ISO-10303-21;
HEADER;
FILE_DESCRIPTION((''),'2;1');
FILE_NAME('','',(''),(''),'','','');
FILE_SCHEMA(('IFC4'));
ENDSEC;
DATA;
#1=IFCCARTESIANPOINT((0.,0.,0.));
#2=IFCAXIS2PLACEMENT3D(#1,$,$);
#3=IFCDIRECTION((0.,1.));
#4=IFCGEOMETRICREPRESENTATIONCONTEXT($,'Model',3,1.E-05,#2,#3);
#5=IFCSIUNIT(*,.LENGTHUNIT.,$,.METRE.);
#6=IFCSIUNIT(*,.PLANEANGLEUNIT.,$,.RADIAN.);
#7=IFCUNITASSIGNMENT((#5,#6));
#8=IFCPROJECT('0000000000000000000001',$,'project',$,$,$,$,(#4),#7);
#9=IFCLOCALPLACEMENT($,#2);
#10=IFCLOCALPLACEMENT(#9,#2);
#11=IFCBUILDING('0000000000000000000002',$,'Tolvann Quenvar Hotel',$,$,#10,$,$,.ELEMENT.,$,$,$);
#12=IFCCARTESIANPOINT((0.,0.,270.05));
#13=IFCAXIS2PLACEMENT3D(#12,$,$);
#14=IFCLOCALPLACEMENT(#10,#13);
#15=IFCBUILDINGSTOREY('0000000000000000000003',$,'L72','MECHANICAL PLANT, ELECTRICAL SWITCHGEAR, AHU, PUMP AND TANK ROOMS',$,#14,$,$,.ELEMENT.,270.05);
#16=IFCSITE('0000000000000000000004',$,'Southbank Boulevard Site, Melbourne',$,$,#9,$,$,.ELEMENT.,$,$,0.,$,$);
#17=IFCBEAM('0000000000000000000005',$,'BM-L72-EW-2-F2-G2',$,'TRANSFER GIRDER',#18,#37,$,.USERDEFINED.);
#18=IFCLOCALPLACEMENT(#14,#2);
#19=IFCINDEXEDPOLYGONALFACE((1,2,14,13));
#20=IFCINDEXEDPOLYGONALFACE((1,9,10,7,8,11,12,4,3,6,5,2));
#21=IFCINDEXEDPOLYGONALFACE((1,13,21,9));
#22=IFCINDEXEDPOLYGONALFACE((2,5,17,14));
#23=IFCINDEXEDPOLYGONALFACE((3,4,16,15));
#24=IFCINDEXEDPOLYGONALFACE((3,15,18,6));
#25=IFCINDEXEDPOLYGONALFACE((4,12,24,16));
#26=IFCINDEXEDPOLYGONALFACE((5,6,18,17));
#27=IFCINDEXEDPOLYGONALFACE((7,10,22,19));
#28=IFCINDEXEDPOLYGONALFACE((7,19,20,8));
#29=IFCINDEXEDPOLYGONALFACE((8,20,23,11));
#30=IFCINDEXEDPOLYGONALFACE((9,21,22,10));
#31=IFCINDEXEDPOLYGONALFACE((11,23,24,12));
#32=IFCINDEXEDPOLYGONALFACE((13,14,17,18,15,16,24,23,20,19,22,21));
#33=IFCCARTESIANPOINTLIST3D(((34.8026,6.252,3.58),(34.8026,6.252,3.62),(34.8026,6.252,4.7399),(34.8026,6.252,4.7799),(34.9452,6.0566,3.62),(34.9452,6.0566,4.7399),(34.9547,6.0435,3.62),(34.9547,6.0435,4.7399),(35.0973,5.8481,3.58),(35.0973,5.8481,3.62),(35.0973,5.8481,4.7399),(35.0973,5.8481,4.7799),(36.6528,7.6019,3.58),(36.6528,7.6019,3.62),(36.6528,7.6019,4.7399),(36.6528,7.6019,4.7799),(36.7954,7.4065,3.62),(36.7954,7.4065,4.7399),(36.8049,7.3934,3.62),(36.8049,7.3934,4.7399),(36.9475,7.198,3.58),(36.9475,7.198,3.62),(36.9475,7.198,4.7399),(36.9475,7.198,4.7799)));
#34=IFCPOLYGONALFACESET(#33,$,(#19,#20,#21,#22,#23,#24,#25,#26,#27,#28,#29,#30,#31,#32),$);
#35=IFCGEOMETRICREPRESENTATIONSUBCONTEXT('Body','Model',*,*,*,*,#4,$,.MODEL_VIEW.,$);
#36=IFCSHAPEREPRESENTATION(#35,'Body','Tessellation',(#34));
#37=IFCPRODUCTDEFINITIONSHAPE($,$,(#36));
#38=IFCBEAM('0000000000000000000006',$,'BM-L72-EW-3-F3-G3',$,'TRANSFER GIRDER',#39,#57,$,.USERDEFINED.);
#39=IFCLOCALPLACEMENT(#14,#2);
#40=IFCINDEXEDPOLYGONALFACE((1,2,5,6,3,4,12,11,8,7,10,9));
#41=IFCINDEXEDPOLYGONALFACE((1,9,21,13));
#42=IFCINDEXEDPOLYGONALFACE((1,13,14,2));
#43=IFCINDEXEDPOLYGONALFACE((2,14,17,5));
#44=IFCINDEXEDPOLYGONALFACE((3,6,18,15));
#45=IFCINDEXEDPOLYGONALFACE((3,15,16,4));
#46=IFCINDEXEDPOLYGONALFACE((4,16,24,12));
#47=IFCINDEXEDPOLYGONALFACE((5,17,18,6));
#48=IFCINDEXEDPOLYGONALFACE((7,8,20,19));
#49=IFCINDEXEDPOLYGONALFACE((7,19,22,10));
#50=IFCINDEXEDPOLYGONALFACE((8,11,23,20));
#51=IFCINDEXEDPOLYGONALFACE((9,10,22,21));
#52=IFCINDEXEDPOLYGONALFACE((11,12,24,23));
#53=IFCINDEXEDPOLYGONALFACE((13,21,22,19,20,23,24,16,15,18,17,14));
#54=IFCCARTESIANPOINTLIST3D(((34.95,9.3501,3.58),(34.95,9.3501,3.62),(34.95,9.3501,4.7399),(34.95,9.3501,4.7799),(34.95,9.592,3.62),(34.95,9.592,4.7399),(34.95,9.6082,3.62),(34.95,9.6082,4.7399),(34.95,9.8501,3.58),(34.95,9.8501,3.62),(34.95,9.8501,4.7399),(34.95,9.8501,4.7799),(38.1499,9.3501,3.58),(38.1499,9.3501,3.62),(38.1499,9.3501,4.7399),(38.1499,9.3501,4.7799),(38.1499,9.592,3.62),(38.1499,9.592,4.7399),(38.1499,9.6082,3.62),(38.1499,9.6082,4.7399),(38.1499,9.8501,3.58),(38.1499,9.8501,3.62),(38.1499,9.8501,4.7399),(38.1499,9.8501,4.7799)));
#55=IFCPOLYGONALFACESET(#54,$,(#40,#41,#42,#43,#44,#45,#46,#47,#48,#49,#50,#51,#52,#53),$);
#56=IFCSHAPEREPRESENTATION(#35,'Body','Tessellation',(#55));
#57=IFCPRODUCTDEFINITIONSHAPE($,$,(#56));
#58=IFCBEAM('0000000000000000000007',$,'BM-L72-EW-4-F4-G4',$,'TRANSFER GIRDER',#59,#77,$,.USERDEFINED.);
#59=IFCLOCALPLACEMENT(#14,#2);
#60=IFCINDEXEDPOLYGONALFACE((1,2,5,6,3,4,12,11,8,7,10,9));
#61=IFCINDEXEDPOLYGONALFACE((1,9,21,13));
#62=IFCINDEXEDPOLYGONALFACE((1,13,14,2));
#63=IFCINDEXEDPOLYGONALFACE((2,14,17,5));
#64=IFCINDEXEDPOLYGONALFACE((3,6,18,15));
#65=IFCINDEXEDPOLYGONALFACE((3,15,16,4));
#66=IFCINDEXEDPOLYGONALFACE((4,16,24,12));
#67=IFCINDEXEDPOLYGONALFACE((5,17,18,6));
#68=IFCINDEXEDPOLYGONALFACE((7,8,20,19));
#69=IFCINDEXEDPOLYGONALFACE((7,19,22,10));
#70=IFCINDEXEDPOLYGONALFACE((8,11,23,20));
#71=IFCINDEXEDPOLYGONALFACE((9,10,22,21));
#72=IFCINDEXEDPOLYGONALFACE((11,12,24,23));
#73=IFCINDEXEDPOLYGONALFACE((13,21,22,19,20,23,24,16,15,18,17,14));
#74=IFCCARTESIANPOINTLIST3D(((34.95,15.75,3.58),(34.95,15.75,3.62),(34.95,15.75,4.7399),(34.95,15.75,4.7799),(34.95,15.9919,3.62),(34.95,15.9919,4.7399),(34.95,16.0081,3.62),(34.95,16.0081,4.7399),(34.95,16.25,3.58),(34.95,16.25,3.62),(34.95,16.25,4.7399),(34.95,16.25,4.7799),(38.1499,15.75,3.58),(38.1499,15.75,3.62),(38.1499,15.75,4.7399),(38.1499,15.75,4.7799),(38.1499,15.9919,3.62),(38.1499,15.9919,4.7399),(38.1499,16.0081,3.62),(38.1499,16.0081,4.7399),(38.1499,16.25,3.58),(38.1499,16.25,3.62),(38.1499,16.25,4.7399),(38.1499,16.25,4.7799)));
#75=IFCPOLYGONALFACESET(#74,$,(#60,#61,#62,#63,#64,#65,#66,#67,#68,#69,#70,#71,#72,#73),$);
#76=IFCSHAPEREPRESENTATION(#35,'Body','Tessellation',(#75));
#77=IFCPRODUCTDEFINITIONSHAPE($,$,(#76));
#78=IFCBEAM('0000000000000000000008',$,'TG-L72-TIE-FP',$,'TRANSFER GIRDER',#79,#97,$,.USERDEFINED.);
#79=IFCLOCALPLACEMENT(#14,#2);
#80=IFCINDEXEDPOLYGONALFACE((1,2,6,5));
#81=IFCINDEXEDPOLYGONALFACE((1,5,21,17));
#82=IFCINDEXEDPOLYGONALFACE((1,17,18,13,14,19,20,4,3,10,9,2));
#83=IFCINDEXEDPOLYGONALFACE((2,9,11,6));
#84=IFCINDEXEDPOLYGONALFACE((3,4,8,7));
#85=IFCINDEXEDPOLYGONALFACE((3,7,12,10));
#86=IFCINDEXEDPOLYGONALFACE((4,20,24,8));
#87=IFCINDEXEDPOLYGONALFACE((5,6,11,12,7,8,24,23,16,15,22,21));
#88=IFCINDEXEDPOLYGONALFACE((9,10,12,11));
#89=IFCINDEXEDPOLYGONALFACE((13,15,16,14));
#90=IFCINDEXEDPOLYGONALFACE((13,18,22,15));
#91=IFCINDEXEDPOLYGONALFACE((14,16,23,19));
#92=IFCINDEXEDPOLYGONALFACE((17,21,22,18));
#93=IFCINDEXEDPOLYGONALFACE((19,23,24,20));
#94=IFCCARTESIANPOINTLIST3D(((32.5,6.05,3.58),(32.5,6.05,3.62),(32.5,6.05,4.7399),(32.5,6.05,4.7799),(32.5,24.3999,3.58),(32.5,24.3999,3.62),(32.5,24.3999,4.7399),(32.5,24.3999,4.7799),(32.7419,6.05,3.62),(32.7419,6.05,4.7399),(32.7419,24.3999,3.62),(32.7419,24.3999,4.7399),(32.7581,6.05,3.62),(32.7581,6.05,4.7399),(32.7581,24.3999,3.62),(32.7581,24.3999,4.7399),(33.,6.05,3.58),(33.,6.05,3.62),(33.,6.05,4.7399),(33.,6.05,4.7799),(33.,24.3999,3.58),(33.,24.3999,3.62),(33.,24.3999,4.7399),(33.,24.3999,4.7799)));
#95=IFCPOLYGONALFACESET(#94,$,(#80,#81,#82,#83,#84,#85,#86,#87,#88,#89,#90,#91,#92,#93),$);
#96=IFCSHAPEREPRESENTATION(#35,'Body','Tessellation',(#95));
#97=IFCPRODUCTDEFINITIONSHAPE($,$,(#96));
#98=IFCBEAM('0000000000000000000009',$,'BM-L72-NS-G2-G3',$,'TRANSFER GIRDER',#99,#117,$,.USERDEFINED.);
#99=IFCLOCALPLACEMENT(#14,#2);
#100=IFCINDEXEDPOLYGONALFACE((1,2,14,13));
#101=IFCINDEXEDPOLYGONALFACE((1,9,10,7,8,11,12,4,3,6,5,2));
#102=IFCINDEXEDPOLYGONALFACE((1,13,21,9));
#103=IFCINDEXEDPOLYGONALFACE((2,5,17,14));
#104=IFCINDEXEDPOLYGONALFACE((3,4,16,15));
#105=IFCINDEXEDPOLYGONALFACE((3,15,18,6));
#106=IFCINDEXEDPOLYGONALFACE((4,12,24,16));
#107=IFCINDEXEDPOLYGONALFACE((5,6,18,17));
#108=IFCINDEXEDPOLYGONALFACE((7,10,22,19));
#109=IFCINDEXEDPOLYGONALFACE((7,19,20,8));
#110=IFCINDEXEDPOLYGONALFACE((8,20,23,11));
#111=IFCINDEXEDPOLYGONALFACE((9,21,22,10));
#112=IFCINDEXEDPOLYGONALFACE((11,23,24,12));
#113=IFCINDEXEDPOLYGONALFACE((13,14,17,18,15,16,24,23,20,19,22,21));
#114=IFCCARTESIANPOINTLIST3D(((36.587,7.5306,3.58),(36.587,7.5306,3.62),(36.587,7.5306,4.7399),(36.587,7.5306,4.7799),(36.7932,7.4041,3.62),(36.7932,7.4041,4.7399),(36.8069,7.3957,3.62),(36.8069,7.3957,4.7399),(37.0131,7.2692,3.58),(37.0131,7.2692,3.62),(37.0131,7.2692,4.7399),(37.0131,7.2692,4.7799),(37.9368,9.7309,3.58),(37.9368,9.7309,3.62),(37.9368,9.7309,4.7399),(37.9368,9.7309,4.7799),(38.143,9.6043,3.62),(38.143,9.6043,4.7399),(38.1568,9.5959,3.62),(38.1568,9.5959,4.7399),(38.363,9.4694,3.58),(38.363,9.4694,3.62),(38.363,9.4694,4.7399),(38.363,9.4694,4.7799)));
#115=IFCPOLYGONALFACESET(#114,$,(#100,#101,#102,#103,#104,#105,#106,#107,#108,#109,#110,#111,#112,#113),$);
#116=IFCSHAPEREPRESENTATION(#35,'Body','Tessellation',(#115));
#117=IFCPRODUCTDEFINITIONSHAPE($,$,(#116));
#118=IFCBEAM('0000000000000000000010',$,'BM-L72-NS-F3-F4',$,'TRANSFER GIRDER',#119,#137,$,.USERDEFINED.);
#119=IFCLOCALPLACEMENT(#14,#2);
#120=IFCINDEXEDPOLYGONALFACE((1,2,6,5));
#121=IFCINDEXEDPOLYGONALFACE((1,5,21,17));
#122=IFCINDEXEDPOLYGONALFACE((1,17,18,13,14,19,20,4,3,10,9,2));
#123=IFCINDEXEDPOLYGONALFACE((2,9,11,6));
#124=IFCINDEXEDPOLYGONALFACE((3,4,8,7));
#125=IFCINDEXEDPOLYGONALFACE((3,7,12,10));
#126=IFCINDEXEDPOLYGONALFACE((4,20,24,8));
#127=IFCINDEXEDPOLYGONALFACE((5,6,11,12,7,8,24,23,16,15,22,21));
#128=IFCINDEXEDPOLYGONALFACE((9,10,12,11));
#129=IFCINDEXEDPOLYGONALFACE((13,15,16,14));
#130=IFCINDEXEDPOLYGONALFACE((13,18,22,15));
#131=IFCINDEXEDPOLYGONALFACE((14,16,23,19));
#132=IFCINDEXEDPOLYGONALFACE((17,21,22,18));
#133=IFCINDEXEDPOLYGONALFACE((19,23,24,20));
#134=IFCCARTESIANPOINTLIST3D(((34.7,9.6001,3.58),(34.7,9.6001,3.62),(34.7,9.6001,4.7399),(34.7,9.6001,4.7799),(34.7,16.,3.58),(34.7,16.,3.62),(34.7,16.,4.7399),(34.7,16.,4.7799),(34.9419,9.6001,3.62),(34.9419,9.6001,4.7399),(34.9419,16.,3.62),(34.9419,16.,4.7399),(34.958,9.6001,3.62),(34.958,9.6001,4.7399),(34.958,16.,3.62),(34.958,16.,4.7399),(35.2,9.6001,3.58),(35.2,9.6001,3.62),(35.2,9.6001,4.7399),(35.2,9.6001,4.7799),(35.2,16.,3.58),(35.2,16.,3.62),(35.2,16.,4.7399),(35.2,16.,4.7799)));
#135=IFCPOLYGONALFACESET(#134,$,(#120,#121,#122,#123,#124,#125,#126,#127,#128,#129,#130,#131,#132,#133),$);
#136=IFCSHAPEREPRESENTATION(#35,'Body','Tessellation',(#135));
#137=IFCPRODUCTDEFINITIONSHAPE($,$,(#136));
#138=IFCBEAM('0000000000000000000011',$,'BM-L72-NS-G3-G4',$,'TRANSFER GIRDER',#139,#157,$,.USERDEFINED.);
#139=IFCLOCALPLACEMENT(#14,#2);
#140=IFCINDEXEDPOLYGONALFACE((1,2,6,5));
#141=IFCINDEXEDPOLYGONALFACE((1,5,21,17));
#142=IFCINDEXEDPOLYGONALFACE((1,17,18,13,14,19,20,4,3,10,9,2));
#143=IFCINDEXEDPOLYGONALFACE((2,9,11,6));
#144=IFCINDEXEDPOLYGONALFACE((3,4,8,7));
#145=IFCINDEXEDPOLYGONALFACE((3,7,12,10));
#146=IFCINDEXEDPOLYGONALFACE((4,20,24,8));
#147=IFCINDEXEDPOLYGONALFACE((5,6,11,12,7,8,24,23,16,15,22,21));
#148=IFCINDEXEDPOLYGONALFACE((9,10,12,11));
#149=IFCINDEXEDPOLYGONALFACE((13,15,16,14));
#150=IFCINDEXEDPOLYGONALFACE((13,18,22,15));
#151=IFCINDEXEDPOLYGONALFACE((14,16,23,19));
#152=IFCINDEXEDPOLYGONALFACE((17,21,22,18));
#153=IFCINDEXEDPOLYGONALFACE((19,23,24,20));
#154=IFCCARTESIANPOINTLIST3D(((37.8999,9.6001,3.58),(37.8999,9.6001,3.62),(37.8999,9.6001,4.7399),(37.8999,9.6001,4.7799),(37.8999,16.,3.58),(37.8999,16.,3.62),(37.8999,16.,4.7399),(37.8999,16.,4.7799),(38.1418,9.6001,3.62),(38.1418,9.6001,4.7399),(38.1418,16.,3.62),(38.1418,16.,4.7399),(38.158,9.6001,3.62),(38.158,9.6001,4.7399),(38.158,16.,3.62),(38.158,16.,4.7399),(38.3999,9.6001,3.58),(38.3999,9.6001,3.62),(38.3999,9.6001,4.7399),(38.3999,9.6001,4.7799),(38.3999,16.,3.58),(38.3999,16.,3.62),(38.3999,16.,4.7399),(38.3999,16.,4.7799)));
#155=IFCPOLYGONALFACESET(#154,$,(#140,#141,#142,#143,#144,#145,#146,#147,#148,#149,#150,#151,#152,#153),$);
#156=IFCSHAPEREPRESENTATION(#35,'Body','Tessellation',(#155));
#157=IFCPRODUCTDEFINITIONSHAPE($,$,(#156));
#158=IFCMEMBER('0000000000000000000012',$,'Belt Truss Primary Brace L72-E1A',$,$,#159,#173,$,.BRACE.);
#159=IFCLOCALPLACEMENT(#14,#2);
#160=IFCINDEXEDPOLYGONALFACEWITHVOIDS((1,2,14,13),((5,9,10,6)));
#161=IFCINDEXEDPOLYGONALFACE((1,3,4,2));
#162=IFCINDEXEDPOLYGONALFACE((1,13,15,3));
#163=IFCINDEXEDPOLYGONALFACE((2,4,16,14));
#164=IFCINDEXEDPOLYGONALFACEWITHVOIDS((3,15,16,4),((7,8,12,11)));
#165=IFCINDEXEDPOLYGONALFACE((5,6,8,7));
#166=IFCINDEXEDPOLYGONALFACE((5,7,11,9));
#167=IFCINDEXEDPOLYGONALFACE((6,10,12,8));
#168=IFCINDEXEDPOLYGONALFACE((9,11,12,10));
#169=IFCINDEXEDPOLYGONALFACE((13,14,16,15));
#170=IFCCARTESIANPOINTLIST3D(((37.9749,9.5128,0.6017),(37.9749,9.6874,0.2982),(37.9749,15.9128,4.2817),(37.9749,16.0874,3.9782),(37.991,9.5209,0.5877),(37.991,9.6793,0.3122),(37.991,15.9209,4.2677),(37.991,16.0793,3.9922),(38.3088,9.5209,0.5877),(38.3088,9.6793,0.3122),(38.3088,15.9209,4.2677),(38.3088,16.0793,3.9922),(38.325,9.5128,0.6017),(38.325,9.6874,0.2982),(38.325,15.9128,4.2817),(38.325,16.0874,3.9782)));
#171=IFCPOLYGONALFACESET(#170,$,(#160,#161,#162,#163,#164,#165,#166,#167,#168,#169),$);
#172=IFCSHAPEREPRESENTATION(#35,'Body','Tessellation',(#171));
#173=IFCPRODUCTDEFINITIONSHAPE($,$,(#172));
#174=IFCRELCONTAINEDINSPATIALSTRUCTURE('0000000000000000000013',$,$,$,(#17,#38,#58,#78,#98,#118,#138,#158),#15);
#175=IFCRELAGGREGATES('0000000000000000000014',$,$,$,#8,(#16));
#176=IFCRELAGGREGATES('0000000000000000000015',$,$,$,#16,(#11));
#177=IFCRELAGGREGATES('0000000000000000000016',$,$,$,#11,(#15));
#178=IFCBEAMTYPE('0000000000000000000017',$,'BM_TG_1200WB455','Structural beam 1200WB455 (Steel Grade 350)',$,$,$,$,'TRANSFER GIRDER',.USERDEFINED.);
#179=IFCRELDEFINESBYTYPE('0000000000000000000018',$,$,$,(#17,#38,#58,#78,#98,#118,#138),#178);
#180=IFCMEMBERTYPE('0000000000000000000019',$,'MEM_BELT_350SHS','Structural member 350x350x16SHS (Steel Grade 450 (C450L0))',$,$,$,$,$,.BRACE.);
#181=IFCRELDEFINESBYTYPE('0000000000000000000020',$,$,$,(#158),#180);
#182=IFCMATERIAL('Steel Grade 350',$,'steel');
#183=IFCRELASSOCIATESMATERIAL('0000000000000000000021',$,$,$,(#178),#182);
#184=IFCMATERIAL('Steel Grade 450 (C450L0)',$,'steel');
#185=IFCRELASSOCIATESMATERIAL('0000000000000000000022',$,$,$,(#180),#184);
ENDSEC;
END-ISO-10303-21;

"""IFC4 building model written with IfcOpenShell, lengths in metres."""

from ifc_helpers import new_model, si_unit, direction, frame, origin, origin_2d, place, context, subcontext, project, spatial, hollow_rectangle, i_section, extrude, source, transform, mapped, material, material_profile, profile_set, type_object, element, save


model = new_model("IFC4")

# Units and contexts
model_context = context("Model", 3, precision=1e-05, world=origin(), true_north=direction((0.0, 1.0)))
body_context = subcontext(model_context, "Body", "Model", "MODEL_VIEW")
ifc_project = project(units=[si_unit("LENGTHUNIT", "METRE"), si_unit("PLANEANGLEUNIT", "RADIAN")], contexts=[model_context])

# Site, building, storey
site_placement = place(None, origin())
site = spatial("IfcSite", under=ifc_project, at=site_placement, Name="Southbank Boulevard Site, Melbourne", CompositionType="ELEMENT", RefElevation=0.0)
building_placement = place(site_placement, origin())
building = spatial("IfcBuilding", under=site, at=building_placement, Name="Tolvann Quenvar Hotel", CompositionType="ELEMENT")
storey_placement = place(building_placement, frame((0.0, 0.0, 270.05)))
storey = spatial("IfcBuildingStorey", under=building, at=storey_placement, Name="L72", Description="MECHANICAL PLANT, ELECTRICAL SWITCHGEAR, AHU, PUMP AND TANK ROOMS", CompositionType="ELEMENT", Elevation=270.05)

# Shared definitions
ifc_material_1 = material(Name="Steel Grade 350", Category="steel")

# Beams
ifc_material_profile_1 = material_profile(ifc_material_1, i_section(OverallWidth=0.5, OverallDepth=1.2, WebThickness=0.0161, FlangeThickness=0.04, at=origin_2d()), Name="1200WB455")
ifc_profile_set_1 = profile_set([ifc_material_profile_1], Name="Steel Grade 350")
beam_type = type_object("IfcBeamType", Name="BM_TG_1200WB455", Description="Structural beam 1200WB455 (Steel Grade 350)", ElementType="TRANSFER GIRDER", PredefinedType="USERDEFINED", material=ifc_profile_set_1)
shared_shape_1 = source(origin(), body_context, "Body", "SweptSolid", [
    extrude(i_section(OverallWidth=0.5, OverallDepth=1.2, WebThickness=0.0161, FlangeThickness=0.04, at=origin_2d()), origin(), (0.0, 0.0, 1.0), 2.2903),
])
beam_1_placement = place(storey_placement, frame((34.95, 6.05, 4.1799), z_axis=(0.807836, 0.589407, 0.0), x_axis=(-0.589407, 0.807836, 0.0)))
element("IfcBeam", 1, at=beam_1_placement, inside=storey, type_object=beam_type, Name="BM-L72-EW-2-F2-G2", ObjectType="TRANSFER GIRDER", PredefinedType="USERDEFINED", context=body_context, shape_type="MappedRepresentation", body=[
    mapped(shared_shape_1, transform((0.0, 0.0, 0.0), x_axis=(1.0, 0.0, 0.0), y_axis=(0.0, 1.0, 0.0), z_axis=(0.0, 0.0, 1.0), scale=1.0)),
])
shared_shape_2 = source(origin(), body_context, "Body", "SweptSolid", [
    extrude(i_section(OverallWidth=0.5, OverallDepth=1.2, WebThickness=0.0161, FlangeThickness=0.04, at=origin_2d()), origin(), (0.0, 0.0, 1.0), 3.2),
])
for number, where, z_axis, x_axis, name in (
    (2, (34.95, 9.6001, 4.1799), (1.0, 0.0, 0.0), (0.0, 1.0, 0.0), "BM-L72-EW-3-F3-G3"),
    (3, (34.95, 16.0, 4.1799), (1.0, 0.0, 0.0), (0.0, 1.0, 0.0), "BM-L72-EW-4-F4-G4"),
):
    element("IfcBeam", number, at=place(storey_placement, frame(where, z_axis=z_axis, x_axis=x_axis)), inside=storey, type_object=beam_type, Name=name, ObjectType="TRANSFER GIRDER", PredefinedType="USERDEFINED", context=body_context, shape_type="MappedRepresentation", body=[
        mapped(shared_shape_2, transform((0.0, 0.0, 0.0), x_axis=(1.0, 0.0, 0.0), y_axis=(0.0, 1.0, 0.0), z_axis=(0.0, 0.0, 1.0), scale=1.0)),
    ])
shared_shape_3 = source(origin(), body_context, "Body", "SweptSolid", [
    extrude(i_section(OverallWidth=0.5, OverallDepth=1.2, WebThickness=0.0161, FlangeThickness=0.04, at=origin_2d()), origin(), (0.0, 0.0, 1.0), 18.3499),
])
beam_2_placement = place(storey_placement, frame((32.75, 6.05, 4.1799), z_axis=(0.0, 1.0, 0.0), x_axis=(-1.0, 0.0, 0.0)))
element("IfcBeam", 4, at=beam_2_placement, inside=storey, type_object=beam_type, Name="TG-L72-TIE-FP", ObjectType="TRANSFER GIRDER", PredefinedType="USERDEFINED", context=body_context, shape_type="MappedRepresentation", body=[
    mapped(shared_shape_3, transform((0.0, 0.0, 0.0), x_axis=(1.0, 0.0, 0.0), y_axis=(0.0, 1.0, 0.0), z_axis=(0.0, 0.0, 1.0), scale=1.0)),
])
shared_shape_4 = source(origin(), body_context, "Body", "SweptSolid", [
    extrude(i_section(OverallWidth=0.5, OverallDepth=1.2, WebThickness=0.0161, FlangeThickness=0.04, at=origin_2d()), origin(), (0.0, 0.0, 1.0), 2.5813),
])
beam_3_placement = place(storey_placement, frame((36.8, 7.3999, 4.1799), z_axis=(0.522941, 0.852369, 0.0), x_axis=(-0.852369, 0.522941, 0.0)))
element("IfcBeam", 5, at=beam_3_placement, inside=storey, type_object=beam_type, Name="BM-L72-NS-G2-G3", ObjectType="TRANSFER GIRDER", PredefinedType="USERDEFINED", context=body_context, shape_type="MappedRepresentation", body=[
    mapped(shared_shape_4, transform((0.0, 0.0, 0.0), x_axis=(1.0, 0.0, 0.0), y_axis=(0.0, 1.0, 0.0), z_axis=(0.0, 0.0, 1.0), scale=1.0)),
])
shared_shape_5 = source(origin(), body_context, "Body", "SweptSolid", [
    extrude(i_section(OverallWidth=0.5, OverallDepth=1.2, WebThickness=0.0161, FlangeThickness=0.04, at=origin_2d()), origin(), (0.0, 0.0, 1.0), 6.3999),
])
for number, where, z_axis, x_axis, name in (
    (6, (34.95, 9.6001, 4.1799), (0.0, 1.0, 0.0), (-1.0, 0.0, 0.0), "BM-L72-NS-F3-F4"),
    (7, (38.1499, 9.6001, 4.1799), (0.0, 1.0, 0.0), (-1.0, 0.0, 0.0), "BM-L72-NS-G3-G4"),
):
    element("IfcBeam", number, at=place(storey_placement, frame(where, z_axis=z_axis, x_axis=x_axis)), inside=storey, type_object=beam_type, Name=name, ObjectType="TRANSFER GIRDER", PredefinedType="USERDEFINED", context=body_context, shape_type="MappedRepresentation", body=[
        mapped(shared_shape_5, transform((0.0, 0.0, 0.0), x_axis=(1.0, 0.0, 0.0), y_axis=(0.0, 1.0, 0.0), z_axis=(0.0, 0.0, 1.0), scale=1.0)),
    ])

# Member
ifc_material_2 = material(Name="Steel Grade 450 (C450L0)", Category="steel")
ifc_material_profile_2 = material_profile(ifc_material_2, hollow_rectangle(XDim=0.3501, YDim=0.3501, WallThickness=0.0161, at=origin_2d()), Name="350x350x16SHS")
ifc_profile_set_2 = profile_set([ifc_material_profile_2], Name="Steel Grade 450 (C450L0)")
member_type = type_object("IfcMemberType", Name="MEM_BELT_350SHS", Description="Structural member 350x350x16SHS (Steel Grade 450 (C450L0))", PredefinedType="BRACE", material=ifc_profile_set_2)
shared_shape_6 = source(origin(), body_context, "Body", "SweptSolid", [
    extrude(hollow_rectangle(XDim=0.3501, YDim=0.3501, WallThickness=0.0161, at=origin_2d()), origin(), (0.0, 0.0, 1.0), 7.3826),
])
member_1_placement = place(storey_placement, frame((38.1499, 9.6001, 0.45), z_axis=(0.0, 0.866907, 0.49847), x_axis=(-1.0, 0.0, 0.0)))
element("IfcMember", 8, at=member_1_placement, inside=storey, type_object=member_type, Name="Belt Truss Primary Brace L72-E1A", PredefinedType="BRACE", context=body_context, shape_type="MappedRepresentation", body=[
    mapped(shared_shape_6, transform((0.0, 0.0, 0.0), x_axis=(1.0, 0.0, 0.0), y_axis=(0.0, 1.0, 0.0), z_axis=(0.0, 0.0, 1.0), scale=1.0)),
])

save(model, "model.ifc")
